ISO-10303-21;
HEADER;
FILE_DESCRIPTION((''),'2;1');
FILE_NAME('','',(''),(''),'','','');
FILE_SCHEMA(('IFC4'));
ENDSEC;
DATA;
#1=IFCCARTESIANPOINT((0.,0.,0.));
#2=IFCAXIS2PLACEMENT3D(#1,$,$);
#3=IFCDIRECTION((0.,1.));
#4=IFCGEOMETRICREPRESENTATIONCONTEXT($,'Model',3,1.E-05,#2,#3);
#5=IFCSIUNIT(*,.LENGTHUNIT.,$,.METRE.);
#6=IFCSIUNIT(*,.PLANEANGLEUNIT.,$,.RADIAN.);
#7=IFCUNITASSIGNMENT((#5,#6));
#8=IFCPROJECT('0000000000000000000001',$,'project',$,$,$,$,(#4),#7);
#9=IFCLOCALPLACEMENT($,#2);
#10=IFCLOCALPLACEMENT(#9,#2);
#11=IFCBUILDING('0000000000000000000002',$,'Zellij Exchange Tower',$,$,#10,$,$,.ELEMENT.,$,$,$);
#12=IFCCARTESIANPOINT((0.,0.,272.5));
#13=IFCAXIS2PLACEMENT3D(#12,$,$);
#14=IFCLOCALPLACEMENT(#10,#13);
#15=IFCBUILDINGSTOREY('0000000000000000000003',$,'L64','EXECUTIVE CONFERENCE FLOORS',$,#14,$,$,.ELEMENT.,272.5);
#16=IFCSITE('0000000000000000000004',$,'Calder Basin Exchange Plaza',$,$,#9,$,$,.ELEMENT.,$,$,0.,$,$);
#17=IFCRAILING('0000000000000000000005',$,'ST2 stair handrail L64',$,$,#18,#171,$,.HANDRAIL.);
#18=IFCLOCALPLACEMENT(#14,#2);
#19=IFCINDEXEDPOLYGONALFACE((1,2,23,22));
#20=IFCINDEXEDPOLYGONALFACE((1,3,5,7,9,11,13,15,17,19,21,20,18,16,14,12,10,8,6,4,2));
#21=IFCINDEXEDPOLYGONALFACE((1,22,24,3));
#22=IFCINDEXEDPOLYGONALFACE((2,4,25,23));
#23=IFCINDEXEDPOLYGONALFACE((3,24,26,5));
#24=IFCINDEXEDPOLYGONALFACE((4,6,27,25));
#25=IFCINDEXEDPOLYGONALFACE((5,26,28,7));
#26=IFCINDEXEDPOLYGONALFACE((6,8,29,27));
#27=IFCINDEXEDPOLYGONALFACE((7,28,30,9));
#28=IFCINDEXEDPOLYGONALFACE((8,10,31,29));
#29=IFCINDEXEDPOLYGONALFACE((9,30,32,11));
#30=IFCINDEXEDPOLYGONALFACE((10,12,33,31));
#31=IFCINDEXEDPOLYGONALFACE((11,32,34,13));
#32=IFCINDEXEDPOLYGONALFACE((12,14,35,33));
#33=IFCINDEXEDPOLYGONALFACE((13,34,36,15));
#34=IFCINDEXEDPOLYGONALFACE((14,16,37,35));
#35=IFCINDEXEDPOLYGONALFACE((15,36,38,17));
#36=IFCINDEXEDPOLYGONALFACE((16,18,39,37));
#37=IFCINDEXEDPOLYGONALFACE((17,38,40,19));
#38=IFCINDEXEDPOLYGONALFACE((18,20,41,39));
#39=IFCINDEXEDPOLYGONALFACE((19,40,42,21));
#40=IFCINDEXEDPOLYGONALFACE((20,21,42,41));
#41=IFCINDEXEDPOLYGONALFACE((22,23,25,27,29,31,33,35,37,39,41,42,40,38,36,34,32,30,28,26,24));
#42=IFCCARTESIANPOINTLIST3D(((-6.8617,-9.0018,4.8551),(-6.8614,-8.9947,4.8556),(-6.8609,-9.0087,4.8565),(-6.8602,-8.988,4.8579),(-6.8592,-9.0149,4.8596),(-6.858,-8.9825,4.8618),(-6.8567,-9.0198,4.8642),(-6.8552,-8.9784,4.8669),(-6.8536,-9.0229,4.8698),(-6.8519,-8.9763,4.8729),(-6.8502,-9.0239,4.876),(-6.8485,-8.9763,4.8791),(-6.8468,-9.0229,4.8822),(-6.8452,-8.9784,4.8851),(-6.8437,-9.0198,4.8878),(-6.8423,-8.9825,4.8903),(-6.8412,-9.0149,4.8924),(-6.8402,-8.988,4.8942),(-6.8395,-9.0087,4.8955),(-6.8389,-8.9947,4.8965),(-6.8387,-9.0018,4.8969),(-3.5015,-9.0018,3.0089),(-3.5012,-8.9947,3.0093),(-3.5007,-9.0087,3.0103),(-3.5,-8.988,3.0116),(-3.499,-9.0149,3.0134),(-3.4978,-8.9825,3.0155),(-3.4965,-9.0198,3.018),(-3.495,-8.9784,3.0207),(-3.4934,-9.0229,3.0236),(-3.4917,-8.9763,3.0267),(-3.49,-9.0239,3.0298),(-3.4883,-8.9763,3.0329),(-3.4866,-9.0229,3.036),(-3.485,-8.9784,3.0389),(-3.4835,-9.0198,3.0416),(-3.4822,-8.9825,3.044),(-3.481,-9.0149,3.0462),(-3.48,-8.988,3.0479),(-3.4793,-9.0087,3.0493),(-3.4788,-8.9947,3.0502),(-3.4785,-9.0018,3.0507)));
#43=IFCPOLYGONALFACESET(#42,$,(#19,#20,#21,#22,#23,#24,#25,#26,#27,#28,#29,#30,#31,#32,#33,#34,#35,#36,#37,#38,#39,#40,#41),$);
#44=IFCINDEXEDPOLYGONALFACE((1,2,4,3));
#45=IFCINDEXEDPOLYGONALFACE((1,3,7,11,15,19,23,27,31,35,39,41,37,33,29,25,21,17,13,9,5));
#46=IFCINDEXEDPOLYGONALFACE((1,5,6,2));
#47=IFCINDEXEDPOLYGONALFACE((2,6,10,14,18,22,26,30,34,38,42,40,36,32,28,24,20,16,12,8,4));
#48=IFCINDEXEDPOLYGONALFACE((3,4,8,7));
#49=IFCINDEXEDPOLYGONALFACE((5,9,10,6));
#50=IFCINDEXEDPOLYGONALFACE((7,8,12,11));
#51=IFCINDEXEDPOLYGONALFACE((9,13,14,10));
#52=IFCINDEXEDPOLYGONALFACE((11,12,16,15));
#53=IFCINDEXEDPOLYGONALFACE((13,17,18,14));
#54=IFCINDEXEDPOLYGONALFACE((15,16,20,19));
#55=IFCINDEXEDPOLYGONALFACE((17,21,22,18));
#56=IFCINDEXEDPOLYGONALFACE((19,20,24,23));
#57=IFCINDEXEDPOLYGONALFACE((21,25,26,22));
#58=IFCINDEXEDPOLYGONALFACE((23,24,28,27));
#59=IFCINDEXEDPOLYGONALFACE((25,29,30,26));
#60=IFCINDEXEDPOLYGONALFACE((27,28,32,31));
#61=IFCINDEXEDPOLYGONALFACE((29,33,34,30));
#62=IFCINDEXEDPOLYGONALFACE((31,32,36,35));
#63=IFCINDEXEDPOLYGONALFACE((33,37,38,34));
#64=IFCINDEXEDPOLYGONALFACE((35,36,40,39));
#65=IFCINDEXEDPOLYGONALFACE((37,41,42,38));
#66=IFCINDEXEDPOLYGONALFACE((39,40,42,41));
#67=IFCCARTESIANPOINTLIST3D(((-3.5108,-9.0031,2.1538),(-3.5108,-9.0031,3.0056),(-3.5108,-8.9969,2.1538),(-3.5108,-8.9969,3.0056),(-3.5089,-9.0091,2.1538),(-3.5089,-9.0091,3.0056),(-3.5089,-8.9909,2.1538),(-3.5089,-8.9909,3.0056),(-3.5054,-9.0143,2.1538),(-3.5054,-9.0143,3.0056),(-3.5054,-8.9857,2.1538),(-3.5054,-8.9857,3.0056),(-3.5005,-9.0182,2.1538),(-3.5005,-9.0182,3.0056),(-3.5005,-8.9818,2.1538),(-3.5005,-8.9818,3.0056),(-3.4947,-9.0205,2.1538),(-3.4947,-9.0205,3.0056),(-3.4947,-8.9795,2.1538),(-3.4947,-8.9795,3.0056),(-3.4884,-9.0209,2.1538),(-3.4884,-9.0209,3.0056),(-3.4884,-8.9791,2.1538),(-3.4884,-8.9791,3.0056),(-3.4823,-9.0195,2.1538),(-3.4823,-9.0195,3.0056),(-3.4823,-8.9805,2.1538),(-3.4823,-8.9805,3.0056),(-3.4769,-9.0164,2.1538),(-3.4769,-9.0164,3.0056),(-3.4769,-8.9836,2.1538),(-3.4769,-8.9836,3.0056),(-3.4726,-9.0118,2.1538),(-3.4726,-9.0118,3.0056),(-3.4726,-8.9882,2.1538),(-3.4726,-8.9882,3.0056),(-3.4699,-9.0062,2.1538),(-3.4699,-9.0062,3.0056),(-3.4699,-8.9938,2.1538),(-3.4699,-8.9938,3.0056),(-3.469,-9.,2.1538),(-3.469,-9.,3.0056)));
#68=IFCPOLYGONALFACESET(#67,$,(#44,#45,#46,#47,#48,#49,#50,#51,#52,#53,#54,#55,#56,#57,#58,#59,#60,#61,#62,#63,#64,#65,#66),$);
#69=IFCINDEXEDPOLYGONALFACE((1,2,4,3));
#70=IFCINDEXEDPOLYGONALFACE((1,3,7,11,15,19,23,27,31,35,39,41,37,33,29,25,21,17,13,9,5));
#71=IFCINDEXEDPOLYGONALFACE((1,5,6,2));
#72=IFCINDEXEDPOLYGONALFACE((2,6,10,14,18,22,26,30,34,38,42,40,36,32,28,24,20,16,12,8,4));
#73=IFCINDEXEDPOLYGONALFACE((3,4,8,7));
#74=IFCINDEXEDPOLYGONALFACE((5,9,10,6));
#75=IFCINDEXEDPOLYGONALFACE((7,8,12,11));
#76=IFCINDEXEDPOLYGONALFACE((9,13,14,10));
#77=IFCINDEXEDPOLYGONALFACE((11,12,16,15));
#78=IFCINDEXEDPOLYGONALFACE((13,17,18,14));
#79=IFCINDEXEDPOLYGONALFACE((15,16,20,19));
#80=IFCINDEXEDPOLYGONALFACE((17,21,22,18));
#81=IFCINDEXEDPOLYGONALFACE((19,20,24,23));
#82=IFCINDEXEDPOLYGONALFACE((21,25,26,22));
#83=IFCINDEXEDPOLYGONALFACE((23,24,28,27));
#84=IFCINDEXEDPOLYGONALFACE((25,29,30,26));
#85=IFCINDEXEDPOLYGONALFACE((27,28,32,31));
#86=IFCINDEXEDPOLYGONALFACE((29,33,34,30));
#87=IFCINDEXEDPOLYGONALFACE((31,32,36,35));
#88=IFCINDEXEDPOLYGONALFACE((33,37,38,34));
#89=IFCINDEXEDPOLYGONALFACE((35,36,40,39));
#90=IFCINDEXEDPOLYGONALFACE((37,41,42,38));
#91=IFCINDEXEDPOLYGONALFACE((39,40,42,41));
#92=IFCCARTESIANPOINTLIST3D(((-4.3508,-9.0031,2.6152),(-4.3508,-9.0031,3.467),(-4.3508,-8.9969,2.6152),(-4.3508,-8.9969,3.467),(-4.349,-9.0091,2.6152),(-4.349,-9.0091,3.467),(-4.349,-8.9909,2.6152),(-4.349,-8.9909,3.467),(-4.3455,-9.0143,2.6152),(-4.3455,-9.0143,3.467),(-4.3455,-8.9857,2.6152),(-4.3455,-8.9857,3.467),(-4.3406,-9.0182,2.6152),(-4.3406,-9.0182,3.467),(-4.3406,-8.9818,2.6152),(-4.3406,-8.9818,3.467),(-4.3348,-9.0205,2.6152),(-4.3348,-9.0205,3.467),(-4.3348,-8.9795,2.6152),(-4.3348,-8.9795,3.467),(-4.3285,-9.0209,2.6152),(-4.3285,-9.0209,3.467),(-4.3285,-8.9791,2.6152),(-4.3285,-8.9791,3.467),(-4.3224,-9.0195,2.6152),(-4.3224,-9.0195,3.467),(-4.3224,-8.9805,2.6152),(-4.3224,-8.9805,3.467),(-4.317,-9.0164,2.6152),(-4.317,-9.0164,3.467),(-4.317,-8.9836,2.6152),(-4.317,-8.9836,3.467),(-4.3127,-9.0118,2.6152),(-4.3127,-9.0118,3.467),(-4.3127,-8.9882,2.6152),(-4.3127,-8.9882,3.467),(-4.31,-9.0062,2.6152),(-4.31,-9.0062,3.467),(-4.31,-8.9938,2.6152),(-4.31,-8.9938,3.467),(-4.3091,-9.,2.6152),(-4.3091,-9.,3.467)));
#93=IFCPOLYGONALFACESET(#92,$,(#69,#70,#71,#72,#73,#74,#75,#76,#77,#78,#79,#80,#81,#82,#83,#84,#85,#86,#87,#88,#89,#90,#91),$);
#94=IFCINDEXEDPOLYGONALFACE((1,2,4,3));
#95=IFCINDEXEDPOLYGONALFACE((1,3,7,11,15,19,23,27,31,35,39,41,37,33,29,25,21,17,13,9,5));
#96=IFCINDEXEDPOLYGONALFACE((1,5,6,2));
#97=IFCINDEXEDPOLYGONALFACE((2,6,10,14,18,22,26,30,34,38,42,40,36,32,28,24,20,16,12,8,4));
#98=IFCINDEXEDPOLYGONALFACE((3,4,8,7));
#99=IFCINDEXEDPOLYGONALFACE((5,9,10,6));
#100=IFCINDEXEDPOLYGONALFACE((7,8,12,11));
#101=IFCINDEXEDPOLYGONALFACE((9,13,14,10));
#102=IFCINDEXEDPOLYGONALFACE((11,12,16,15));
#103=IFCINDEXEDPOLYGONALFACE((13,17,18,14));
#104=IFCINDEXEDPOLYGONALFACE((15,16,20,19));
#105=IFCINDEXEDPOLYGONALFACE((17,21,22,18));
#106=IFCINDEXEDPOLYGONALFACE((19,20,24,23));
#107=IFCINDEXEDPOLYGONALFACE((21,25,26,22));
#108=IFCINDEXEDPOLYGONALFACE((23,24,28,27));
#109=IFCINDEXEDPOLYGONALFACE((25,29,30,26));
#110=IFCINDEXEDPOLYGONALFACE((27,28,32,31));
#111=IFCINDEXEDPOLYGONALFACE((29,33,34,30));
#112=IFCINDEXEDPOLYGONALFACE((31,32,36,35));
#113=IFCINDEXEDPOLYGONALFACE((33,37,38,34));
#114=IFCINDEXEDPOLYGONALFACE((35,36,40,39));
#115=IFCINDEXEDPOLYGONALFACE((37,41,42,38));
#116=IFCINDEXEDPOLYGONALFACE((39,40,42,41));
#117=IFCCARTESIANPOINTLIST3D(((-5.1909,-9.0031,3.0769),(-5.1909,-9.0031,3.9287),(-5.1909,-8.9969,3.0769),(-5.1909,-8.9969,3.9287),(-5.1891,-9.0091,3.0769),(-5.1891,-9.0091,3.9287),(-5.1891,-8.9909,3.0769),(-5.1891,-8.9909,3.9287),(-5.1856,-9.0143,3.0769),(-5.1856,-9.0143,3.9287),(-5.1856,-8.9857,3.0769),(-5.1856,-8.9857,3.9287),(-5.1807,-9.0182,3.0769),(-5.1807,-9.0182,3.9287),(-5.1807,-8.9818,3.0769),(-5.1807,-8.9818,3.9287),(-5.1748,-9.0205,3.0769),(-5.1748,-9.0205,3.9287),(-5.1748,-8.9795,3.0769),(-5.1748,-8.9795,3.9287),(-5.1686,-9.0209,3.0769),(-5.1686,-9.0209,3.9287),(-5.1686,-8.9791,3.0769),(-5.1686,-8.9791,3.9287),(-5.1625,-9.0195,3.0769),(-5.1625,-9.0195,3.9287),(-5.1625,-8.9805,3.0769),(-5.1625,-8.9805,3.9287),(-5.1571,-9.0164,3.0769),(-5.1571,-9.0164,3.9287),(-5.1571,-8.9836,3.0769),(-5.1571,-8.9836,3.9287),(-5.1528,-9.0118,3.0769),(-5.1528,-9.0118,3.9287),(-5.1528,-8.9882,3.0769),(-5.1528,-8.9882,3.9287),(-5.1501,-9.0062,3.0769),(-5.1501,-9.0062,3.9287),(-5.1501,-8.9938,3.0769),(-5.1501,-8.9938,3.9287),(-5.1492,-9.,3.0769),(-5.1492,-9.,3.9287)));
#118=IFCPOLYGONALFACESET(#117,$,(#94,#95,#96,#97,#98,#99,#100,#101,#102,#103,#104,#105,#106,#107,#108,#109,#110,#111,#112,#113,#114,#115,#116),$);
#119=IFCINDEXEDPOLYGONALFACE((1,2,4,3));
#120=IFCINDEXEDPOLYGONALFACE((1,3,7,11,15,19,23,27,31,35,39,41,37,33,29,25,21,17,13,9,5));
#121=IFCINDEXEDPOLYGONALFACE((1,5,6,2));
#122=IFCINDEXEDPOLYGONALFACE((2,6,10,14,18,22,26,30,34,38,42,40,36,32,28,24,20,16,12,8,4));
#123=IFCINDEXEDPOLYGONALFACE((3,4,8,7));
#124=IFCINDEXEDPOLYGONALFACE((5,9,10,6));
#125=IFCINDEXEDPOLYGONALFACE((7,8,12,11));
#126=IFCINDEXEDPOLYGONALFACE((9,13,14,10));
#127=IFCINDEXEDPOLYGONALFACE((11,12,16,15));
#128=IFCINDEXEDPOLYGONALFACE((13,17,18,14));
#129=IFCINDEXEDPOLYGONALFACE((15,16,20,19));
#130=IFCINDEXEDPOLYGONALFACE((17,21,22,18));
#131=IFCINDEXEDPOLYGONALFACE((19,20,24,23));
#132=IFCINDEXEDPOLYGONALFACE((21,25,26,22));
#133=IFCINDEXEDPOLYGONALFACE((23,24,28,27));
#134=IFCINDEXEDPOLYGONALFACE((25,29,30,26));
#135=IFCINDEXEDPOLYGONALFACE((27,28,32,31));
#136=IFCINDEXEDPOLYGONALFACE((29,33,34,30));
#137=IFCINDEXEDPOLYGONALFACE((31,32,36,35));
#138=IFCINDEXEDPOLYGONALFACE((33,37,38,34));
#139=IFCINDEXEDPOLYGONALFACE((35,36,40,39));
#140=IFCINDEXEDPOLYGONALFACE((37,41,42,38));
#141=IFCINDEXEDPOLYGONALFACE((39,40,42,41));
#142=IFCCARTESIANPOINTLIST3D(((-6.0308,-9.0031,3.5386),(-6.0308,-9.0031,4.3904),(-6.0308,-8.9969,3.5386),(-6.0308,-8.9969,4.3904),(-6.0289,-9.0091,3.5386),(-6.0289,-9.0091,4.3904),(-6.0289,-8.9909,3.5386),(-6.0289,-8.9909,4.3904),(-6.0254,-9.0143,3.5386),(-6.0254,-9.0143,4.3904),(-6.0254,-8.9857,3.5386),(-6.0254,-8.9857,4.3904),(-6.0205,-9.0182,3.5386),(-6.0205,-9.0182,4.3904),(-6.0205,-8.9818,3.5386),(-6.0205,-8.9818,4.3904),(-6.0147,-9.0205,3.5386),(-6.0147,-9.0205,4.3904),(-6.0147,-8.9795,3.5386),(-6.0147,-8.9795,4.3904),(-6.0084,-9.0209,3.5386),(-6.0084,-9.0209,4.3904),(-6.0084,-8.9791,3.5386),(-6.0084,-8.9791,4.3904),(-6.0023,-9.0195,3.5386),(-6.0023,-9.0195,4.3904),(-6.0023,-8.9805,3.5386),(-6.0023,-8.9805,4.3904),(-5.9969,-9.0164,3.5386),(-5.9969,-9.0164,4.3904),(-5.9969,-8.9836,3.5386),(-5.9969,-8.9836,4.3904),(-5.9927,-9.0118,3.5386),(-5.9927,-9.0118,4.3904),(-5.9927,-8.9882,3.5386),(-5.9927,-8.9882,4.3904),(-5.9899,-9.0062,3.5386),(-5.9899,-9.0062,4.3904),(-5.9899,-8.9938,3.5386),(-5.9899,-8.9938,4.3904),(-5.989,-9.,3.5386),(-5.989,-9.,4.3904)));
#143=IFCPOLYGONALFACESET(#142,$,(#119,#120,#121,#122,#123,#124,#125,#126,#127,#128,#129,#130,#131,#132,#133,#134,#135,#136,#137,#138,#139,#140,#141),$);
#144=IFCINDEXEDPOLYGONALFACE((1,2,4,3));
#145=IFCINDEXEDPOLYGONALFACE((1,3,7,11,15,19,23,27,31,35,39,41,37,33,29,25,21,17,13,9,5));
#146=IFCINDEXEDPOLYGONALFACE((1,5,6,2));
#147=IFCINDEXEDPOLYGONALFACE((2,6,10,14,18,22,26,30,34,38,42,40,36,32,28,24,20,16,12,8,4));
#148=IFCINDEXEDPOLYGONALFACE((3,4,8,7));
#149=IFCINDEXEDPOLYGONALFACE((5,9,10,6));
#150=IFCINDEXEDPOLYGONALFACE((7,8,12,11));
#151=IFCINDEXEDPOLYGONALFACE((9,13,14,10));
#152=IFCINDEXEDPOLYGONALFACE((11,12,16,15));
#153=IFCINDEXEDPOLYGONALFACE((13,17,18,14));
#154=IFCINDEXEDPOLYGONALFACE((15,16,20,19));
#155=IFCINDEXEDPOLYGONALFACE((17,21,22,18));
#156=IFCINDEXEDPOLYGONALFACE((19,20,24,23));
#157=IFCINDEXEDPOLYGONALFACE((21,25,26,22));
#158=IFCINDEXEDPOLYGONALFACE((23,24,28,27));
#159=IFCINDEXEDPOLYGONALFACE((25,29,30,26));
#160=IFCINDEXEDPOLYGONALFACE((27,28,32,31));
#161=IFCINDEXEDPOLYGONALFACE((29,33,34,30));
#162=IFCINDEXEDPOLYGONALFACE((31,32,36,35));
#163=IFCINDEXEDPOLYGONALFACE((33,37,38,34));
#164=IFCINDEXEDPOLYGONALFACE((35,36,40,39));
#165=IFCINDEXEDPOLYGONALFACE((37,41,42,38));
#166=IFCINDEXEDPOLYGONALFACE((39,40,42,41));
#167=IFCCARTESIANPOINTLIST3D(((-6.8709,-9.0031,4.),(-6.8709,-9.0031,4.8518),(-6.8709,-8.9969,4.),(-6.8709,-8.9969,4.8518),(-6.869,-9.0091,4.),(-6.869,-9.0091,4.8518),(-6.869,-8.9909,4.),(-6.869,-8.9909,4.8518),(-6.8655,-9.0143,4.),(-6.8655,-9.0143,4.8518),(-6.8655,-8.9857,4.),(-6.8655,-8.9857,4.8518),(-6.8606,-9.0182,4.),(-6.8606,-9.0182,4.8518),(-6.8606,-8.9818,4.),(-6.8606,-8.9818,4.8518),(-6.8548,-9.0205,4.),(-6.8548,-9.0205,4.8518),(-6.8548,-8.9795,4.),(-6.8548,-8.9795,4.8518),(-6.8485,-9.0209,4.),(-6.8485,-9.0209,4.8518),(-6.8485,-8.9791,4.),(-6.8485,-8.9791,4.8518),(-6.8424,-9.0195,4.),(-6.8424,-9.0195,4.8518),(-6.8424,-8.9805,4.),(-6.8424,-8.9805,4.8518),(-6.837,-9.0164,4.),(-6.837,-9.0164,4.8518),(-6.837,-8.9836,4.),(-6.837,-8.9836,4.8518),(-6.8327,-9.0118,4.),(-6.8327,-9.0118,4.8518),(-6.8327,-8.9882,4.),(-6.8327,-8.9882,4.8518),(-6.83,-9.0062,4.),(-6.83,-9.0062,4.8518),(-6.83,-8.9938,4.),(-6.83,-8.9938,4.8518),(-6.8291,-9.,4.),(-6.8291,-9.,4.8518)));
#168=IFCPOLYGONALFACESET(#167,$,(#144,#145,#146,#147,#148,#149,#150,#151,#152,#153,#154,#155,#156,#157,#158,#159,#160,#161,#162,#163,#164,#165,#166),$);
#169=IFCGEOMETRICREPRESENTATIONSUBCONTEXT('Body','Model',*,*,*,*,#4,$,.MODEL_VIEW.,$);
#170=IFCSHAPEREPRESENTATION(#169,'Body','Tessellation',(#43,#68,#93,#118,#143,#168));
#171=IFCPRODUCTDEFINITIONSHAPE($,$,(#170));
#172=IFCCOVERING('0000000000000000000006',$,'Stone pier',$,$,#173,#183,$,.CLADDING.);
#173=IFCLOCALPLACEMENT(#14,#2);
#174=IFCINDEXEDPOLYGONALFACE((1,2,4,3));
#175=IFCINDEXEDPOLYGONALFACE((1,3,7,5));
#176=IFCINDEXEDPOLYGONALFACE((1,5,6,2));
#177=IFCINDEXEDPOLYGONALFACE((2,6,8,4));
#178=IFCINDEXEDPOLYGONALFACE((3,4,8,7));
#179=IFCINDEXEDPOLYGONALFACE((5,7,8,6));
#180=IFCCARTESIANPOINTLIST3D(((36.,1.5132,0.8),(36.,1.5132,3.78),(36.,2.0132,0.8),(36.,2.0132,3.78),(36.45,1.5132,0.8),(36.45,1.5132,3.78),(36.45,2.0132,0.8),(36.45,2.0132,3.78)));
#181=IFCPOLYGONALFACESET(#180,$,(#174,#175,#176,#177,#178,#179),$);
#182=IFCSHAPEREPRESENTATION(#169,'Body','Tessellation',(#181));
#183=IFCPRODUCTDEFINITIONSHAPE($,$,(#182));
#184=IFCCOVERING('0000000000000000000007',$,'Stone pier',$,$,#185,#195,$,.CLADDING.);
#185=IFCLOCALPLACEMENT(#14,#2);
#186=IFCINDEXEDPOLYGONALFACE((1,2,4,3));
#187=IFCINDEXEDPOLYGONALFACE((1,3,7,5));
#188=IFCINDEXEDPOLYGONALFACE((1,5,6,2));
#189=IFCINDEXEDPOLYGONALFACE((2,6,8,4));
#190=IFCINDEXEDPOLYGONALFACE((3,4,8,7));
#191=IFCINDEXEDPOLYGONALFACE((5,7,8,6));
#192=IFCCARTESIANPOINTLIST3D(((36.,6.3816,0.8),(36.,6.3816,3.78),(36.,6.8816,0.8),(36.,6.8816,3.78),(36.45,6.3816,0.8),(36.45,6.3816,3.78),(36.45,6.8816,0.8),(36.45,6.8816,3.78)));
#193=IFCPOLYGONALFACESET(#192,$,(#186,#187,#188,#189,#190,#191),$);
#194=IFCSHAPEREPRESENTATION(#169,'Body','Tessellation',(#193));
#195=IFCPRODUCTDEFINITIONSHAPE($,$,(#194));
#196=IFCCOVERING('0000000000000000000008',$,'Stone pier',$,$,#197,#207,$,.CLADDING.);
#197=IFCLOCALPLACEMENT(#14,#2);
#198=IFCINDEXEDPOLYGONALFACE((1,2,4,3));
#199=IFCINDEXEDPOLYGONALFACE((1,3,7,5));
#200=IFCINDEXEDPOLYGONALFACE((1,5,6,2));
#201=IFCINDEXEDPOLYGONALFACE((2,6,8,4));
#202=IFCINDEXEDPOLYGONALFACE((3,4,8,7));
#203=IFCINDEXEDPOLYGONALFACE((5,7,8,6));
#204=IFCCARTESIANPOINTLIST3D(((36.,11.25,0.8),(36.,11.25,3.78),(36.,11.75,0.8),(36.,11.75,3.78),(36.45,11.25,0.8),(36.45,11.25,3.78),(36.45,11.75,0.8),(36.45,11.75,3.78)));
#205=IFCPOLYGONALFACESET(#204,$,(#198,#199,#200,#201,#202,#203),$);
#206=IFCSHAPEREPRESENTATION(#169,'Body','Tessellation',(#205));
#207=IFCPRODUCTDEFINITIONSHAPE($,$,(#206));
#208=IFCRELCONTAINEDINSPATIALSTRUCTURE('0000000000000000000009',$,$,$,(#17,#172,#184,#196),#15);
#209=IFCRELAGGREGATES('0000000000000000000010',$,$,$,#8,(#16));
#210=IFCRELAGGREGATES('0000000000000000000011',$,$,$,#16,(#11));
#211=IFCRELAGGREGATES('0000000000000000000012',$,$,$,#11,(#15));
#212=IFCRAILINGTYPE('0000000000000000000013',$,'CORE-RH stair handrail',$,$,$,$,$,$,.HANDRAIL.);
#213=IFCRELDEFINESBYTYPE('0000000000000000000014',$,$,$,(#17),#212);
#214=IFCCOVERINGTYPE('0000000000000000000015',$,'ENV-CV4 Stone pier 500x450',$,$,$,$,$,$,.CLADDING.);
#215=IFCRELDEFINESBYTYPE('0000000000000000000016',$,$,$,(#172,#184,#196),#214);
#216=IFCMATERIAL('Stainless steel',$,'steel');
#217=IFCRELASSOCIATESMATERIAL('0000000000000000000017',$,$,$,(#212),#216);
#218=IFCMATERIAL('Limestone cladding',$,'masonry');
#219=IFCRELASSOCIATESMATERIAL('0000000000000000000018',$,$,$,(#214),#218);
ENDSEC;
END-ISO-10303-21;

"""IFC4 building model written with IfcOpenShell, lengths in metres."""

from ifc_helpers import new_model, si_unit, direction, frame, origin, origin_2d, place, context, subcontext, project, spatial, polyline, circle, outline, extrude, material, type_object, element, save


model = new_model("IFC4")

# Units and contexts
model_context = context("Model", 3, precision=1e-05, world=origin(), true_north=direction((0.0, 1.0)))
body_context = subcontext(model_context, "Body", "Model", "MODEL_VIEW")
ifc_project = project(units=[si_unit("LENGTHUNIT", "METRE"), si_unit("PLANEANGLEUNIT", "RADIAN")], contexts=[model_context])

# Site, building, storey
site_placement = place(None, origin())
site = spatial("IfcSite", under=ifc_project, at=site_placement, Name="Calder Basin Exchange Plaza", CompositionType="ELEMENT", RefElevation=0.0)
building_placement = place(site_placement, origin())
building = spatial("IfcBuilding", under=site, at=building_placement, Name="Zellij Exchange Tower", CompositionType="ELEMENT")
storey_placement = place(building_placement, frame((0.0, 0.0, 272.5)))
storey = spatial("IfcBuildingStorey", under=building, at=storey_placement, Name="L64", Description="EXECUTIVE CONFERENCE FLOORS", CompositionType="ELEMENT", Elevation=272.5)

# Railing
ifc_material_1 = material(Name="Stainless steel", Category="steel")
railing_type_1 = type_object("IfcRailingType", Name="CORE-RH stair handrail", PredefinedType="HANDRAIL", material=ifc_material_1)
railing_1_placement = place(storey_placement, frame((-3.49, -9.0, 2.1538)))
element("IfcRailing", 1, at=railing_1_placement, inside=storey, type_object=railing_type_1, Name="ST2 stair handrail L64", PredefinedType="HANDRAIL", context=body_context, shape_type="SweptSolid", body=[
    extrude(circle(Radius=0.0239, at=origin_2d()), frame((0.0, 0.0, 0.876), z_axis=(-0.876422, 0.0, 0.481545), x_axis=(0.0, -1.0, 0.0)), (0.0, 0.0, 1.0), 3.834),
    extrude(circle(Radius=0.021, at=origin_2d()), origin(), (0.0, 0.0, 1.0), 0.8518),
    extrude(circle(Radius=0.021, at=origin_2d()), frame((-0.8401, 0.0, 0.4614)), (0.0, 0.0, 1.0), 0.8518),
    extrude(circle(Radius=0.021, at=origin_2d()), frame((-1.6802, 0.0, 0.9231)), (0.0, 0.0, 1.0), 0.8518),
    extrude(circle(Radius=0.021, at=origin_2d()), frame((-2.52, 0.0, 1.3848)), (0.0, 0.0, 1.0), 0.8518),
    extrude(circle(Radius=0.021, at=origin_2d()), frame((-3.3601, 0.0, 1.8462)), (0.0, 0.0, 1.0), 0.8518),
])

# Coverings
ifc_material_2 = material(Name="Limestone cladding", Category="masonry")
covering_type = type_object("IfcCoveringType", Name="ENV-CV4 Stone pier 500x450", PredefinedType="CLADDING", material=ifc_material_2)
covering_1_placement = place(storey_placement, frame((0.0, 0.0, 0.8)))
element("IfcCovering", 2, at=covering_1_placement, inside=storey, type_object=covering_type, Name="Stone pier", PredefinedType="CLADDING", context=body_context, shape_type="SweptSolid", body=[
    extrude(outline(polyline([(36.0, 1.5132), (36.0, 2.0132), (36.45, 2.0132), (36.45, 1.5132), (36.0, 1.5132)])), origin(), (0.0, 0.0, 1.0), 2.98),
])
covering_2_placement = place(storey_placement, frame((0.0, 0.0, 0.8)))
element("IfcCovering", 3, at=covering_2_placement, inside=storey, type_object=covering_type, Name="Stone pier", PredefinedType="CLADDING", context=body_context, shape_type="SweptSolid", body=[
    extrude(outline(polyline([(36.0, 6.3816), (36.0, 6.8816), (36.45, 6.8816), (36.45, 6.3816), (36.0, 6.3816)])), origin(), (0.0, 0.0, 1.0), 2.98),
])
covering_3_placement = place(storey_placement, frame((0.0, 0.0, 0.8)))
element("IfcCovering", 4, at=covering_3_placement, inside=storey, type_object=covering_type, Name="Stone pier", PredefinedType="CLADDING", context=body_context, shape_type="SweptSolid", body=[
    extrude(outline(polyline([(36.0, 11.25), (36.0, 11.75), (36.45, 11.75), (36.45, 11.25), (36.0, 11.25)])), origin(), (0.0, 0.0, 1.0), 2.98),
])

save(model, "model.ifc")
